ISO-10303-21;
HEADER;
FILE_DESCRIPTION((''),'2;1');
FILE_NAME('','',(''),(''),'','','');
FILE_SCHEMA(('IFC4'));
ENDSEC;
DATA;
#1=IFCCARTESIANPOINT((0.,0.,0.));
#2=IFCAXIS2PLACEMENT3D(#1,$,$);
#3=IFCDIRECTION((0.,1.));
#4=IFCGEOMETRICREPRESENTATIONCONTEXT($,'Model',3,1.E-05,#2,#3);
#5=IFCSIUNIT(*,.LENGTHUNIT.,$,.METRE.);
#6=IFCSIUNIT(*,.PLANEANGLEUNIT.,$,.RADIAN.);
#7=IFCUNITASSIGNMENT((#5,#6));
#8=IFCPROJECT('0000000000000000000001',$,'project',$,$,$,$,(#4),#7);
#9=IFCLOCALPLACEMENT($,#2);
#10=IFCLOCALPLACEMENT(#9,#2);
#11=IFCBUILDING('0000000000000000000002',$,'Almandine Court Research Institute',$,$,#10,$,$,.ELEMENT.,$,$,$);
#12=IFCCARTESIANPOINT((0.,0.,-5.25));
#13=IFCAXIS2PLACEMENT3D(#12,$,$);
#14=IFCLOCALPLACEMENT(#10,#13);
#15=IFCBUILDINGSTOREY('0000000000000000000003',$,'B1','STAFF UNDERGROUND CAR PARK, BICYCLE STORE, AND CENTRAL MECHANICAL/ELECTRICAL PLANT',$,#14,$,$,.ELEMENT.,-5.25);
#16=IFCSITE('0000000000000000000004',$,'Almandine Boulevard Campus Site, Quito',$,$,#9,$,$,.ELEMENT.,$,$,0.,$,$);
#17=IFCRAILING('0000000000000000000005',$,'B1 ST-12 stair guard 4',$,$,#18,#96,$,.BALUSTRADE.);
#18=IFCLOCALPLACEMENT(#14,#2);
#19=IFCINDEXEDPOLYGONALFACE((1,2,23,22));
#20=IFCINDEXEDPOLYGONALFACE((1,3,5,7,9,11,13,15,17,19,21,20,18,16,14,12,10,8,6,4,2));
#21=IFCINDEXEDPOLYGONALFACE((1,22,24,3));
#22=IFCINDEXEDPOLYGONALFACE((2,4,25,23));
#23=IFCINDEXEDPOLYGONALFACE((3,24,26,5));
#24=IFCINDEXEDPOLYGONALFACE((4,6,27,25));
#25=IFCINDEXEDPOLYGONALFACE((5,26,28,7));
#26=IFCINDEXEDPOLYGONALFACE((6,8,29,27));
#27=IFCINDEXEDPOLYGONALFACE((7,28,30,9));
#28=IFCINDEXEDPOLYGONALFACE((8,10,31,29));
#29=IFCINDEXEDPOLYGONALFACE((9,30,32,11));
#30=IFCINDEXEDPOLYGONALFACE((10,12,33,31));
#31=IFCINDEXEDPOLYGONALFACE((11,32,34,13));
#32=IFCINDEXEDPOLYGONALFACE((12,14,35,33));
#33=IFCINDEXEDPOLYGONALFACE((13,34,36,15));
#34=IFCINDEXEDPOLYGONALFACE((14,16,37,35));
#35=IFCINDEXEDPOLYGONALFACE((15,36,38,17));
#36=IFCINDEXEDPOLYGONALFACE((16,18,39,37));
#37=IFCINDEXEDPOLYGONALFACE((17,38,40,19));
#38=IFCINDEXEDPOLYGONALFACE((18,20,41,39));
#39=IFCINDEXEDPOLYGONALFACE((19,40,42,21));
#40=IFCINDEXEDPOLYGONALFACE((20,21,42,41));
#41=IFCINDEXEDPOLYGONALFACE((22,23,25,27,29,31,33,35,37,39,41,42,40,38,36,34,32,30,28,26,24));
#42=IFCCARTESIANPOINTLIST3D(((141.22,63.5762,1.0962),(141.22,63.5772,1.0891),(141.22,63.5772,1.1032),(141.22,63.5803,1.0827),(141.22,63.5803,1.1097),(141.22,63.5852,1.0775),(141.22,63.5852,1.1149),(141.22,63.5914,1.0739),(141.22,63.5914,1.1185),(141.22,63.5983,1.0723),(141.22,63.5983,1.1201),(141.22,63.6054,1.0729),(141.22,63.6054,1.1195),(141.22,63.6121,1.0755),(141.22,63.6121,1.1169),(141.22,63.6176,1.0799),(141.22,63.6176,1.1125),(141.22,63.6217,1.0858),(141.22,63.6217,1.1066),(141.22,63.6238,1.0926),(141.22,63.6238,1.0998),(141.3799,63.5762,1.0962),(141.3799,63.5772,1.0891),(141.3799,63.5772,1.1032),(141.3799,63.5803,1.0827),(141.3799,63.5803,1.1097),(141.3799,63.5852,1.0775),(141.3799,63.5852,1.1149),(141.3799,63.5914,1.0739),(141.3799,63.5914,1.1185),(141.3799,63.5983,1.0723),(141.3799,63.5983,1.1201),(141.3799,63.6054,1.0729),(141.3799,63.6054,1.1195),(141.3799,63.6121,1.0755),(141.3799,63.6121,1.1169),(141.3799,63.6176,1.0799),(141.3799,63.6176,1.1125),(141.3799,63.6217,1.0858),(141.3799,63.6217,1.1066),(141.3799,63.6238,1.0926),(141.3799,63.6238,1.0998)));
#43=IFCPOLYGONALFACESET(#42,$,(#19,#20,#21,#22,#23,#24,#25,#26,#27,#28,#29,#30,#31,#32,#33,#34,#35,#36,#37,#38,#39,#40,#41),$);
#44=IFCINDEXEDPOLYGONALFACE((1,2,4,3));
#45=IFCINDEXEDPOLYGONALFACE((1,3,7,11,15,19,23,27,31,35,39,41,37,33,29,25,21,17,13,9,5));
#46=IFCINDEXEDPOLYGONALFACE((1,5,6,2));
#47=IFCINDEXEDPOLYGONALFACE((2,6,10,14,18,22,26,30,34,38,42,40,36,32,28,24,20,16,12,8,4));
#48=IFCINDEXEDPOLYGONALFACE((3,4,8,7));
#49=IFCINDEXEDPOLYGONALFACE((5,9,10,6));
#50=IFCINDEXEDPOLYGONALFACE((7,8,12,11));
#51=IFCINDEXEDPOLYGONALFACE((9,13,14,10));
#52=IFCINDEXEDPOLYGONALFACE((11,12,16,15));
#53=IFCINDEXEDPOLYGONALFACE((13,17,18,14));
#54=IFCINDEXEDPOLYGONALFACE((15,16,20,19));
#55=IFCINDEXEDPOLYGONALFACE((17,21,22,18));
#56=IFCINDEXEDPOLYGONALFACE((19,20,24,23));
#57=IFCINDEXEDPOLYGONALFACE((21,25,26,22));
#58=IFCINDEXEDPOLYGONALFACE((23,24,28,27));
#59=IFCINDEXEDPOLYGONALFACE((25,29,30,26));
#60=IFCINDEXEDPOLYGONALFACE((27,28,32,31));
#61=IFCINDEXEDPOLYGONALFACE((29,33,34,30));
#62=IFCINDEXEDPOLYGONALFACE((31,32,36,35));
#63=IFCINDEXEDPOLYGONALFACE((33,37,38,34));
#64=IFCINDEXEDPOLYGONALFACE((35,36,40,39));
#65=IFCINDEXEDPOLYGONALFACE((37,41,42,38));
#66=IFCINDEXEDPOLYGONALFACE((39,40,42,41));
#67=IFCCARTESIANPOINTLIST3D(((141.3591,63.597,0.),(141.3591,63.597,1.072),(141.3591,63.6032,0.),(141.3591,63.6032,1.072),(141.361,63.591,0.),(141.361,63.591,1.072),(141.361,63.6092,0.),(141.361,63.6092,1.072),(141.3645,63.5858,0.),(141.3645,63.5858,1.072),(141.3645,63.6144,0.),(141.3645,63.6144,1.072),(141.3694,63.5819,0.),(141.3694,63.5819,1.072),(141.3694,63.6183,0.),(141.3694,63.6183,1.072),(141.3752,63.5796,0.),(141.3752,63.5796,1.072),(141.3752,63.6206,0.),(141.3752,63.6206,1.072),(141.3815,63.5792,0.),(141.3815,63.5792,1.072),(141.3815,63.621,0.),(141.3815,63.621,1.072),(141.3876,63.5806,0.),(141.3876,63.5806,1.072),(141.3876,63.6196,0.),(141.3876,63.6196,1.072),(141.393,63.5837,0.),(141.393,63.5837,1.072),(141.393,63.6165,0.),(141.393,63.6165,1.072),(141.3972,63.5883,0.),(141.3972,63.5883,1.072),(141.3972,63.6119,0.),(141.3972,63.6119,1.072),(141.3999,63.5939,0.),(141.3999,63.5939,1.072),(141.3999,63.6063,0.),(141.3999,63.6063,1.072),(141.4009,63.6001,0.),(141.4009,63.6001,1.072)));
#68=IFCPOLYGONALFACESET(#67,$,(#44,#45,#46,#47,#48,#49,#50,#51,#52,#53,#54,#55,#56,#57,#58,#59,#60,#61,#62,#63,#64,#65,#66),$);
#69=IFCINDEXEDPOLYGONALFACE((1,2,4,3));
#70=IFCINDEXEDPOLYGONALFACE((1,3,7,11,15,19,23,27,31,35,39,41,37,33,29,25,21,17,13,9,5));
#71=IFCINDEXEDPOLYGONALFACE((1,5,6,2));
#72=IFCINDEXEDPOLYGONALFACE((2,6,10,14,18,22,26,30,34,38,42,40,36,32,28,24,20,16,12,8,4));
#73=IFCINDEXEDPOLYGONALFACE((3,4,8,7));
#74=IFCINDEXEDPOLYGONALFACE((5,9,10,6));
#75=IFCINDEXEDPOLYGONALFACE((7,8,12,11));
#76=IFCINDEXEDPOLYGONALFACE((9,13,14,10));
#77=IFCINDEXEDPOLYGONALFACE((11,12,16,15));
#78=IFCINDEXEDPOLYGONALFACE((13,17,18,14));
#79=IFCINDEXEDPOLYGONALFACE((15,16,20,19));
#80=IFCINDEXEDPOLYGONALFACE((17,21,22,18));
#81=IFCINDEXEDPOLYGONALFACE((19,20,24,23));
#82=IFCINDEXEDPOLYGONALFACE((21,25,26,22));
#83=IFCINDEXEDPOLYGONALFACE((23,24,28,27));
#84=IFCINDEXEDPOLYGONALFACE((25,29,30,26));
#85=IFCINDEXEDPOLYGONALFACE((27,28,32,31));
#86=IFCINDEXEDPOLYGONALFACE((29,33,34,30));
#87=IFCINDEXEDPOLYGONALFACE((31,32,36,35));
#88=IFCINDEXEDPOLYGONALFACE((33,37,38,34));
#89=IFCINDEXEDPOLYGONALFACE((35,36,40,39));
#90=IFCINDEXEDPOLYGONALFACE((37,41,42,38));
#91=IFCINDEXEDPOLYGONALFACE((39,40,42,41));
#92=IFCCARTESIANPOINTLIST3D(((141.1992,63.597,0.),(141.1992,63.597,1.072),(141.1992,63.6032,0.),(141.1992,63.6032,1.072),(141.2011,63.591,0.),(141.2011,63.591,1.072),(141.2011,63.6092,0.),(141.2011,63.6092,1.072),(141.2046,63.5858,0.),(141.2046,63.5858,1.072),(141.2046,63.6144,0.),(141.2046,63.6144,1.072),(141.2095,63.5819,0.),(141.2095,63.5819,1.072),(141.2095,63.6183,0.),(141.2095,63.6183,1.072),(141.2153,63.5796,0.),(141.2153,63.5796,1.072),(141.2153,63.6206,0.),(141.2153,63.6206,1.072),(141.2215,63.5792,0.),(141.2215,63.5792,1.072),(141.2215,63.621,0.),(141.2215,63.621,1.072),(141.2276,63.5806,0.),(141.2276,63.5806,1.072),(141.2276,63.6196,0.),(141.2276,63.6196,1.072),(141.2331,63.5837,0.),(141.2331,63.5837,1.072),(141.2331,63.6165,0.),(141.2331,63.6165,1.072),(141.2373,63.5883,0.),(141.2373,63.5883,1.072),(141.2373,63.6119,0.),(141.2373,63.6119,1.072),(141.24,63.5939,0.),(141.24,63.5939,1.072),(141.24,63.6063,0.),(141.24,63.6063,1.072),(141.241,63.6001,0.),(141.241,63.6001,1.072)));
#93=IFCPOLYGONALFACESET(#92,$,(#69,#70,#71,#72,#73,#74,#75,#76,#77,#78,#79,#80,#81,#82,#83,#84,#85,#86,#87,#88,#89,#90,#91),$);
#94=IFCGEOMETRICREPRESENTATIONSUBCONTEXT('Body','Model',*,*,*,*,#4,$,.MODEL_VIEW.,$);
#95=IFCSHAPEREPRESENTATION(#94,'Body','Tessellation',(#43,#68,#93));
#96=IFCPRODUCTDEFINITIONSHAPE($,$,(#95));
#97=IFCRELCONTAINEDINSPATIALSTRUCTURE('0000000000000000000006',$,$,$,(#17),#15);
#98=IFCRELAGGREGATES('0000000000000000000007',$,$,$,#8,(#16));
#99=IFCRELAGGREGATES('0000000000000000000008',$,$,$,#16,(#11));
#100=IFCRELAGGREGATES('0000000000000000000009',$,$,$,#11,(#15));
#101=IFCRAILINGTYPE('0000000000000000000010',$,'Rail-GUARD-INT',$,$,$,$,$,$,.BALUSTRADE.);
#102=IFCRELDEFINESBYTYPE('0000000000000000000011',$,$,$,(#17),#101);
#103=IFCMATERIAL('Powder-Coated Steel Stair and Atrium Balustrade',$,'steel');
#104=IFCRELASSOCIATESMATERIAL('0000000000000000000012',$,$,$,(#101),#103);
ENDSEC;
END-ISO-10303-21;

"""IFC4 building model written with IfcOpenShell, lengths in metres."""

from ifc_helpers import new_model, si_unit, direction, frame, origin, origin_2d, place, context, subcontext, project, spatial, circle, extrude, material, type_object, element, save


model = new_model("IFC4")

# Units and contexts
model_context = context("Model", 3, precision=1e-05, world=origin(), true_north=direction((0.0, 1.0)))
body_context = subcontext(model_context, "Body", "Model", "MODEL_VIEW")
ifc_project = project(units=[si_unit("LENGTHUNIT", "METRE"), si_unit("PLANEANGLEUNIT", "RADIAN")], contexts=[model_context])

# Site, building, storey
site_placement = place(None, origin())
site = spatial("IfcSite", under=ifc_project, at=site_placement, Name="Almandine Boulevard Campus Site, Quito", CompositionType="ELEMENT", RefElevation=0.0)
building_placement = place(site_placement, origin())
building = spatial("IfcBuilding", under=site, at=building_placement, Name="Almandine Court Research Institute", CompositionType="ELEMENT")
storey_placement = place(building_placement, frame((0.0, 0.0, -5.25)))
storey = spatial("IfcBuildingStorey", under=building, at=storey_placement, Name="B1", Description="STAFF UNDERGROUND CAR PARK, BICYCLE STORE, AND CENTRAL MECHANICAL/ELECTRICAL PLANT", CompositionType="ELEMENT", Elevation=-5.25)

# Railing
ifc_material_1 = material(Name="Powder-Coated Steel Stair and Atrium Balustrade", Category="steel")
railing_type_1 = type_object("IfcRailingType", Name="Rail-GUARD-INT", PredefinedType="BALUSTRADE", material=ifc_material_1)
railing_1_placement = place(storey_placement, frame((141.3799, 63.6001, 0.0)))
element("IfcRailing", 1, at=railing_1_placement, inside=storey, type_object=railing_type_1, Name="B1 ST-12 stair guard 4", PredefinedType="BALUSTRADE", context=body_context, shape_type="SweptSolid", body=[
    extrude(circle(Radius=0.0239, at=origin_2d()), frame((0.0, 0.0, 1.0962), z_axis=(-1.0, 0.0, 0.0), x_axis=(0.0, -1.0, 0.0)), (0.0, 0.0, 1.0), 0.1599),
    extrude(circle(Radius=0.021, at=origin_2d()), origin(), (0.0, 0.0, 1.0), 1.072),
    extrude(circle(Radius=0.021, at=origin_2d()), frame((-0.1599, 0.0, 0.0)), (0.0, 0.0, 1.0), 1.072),
])

save(model, "model.ifc")
